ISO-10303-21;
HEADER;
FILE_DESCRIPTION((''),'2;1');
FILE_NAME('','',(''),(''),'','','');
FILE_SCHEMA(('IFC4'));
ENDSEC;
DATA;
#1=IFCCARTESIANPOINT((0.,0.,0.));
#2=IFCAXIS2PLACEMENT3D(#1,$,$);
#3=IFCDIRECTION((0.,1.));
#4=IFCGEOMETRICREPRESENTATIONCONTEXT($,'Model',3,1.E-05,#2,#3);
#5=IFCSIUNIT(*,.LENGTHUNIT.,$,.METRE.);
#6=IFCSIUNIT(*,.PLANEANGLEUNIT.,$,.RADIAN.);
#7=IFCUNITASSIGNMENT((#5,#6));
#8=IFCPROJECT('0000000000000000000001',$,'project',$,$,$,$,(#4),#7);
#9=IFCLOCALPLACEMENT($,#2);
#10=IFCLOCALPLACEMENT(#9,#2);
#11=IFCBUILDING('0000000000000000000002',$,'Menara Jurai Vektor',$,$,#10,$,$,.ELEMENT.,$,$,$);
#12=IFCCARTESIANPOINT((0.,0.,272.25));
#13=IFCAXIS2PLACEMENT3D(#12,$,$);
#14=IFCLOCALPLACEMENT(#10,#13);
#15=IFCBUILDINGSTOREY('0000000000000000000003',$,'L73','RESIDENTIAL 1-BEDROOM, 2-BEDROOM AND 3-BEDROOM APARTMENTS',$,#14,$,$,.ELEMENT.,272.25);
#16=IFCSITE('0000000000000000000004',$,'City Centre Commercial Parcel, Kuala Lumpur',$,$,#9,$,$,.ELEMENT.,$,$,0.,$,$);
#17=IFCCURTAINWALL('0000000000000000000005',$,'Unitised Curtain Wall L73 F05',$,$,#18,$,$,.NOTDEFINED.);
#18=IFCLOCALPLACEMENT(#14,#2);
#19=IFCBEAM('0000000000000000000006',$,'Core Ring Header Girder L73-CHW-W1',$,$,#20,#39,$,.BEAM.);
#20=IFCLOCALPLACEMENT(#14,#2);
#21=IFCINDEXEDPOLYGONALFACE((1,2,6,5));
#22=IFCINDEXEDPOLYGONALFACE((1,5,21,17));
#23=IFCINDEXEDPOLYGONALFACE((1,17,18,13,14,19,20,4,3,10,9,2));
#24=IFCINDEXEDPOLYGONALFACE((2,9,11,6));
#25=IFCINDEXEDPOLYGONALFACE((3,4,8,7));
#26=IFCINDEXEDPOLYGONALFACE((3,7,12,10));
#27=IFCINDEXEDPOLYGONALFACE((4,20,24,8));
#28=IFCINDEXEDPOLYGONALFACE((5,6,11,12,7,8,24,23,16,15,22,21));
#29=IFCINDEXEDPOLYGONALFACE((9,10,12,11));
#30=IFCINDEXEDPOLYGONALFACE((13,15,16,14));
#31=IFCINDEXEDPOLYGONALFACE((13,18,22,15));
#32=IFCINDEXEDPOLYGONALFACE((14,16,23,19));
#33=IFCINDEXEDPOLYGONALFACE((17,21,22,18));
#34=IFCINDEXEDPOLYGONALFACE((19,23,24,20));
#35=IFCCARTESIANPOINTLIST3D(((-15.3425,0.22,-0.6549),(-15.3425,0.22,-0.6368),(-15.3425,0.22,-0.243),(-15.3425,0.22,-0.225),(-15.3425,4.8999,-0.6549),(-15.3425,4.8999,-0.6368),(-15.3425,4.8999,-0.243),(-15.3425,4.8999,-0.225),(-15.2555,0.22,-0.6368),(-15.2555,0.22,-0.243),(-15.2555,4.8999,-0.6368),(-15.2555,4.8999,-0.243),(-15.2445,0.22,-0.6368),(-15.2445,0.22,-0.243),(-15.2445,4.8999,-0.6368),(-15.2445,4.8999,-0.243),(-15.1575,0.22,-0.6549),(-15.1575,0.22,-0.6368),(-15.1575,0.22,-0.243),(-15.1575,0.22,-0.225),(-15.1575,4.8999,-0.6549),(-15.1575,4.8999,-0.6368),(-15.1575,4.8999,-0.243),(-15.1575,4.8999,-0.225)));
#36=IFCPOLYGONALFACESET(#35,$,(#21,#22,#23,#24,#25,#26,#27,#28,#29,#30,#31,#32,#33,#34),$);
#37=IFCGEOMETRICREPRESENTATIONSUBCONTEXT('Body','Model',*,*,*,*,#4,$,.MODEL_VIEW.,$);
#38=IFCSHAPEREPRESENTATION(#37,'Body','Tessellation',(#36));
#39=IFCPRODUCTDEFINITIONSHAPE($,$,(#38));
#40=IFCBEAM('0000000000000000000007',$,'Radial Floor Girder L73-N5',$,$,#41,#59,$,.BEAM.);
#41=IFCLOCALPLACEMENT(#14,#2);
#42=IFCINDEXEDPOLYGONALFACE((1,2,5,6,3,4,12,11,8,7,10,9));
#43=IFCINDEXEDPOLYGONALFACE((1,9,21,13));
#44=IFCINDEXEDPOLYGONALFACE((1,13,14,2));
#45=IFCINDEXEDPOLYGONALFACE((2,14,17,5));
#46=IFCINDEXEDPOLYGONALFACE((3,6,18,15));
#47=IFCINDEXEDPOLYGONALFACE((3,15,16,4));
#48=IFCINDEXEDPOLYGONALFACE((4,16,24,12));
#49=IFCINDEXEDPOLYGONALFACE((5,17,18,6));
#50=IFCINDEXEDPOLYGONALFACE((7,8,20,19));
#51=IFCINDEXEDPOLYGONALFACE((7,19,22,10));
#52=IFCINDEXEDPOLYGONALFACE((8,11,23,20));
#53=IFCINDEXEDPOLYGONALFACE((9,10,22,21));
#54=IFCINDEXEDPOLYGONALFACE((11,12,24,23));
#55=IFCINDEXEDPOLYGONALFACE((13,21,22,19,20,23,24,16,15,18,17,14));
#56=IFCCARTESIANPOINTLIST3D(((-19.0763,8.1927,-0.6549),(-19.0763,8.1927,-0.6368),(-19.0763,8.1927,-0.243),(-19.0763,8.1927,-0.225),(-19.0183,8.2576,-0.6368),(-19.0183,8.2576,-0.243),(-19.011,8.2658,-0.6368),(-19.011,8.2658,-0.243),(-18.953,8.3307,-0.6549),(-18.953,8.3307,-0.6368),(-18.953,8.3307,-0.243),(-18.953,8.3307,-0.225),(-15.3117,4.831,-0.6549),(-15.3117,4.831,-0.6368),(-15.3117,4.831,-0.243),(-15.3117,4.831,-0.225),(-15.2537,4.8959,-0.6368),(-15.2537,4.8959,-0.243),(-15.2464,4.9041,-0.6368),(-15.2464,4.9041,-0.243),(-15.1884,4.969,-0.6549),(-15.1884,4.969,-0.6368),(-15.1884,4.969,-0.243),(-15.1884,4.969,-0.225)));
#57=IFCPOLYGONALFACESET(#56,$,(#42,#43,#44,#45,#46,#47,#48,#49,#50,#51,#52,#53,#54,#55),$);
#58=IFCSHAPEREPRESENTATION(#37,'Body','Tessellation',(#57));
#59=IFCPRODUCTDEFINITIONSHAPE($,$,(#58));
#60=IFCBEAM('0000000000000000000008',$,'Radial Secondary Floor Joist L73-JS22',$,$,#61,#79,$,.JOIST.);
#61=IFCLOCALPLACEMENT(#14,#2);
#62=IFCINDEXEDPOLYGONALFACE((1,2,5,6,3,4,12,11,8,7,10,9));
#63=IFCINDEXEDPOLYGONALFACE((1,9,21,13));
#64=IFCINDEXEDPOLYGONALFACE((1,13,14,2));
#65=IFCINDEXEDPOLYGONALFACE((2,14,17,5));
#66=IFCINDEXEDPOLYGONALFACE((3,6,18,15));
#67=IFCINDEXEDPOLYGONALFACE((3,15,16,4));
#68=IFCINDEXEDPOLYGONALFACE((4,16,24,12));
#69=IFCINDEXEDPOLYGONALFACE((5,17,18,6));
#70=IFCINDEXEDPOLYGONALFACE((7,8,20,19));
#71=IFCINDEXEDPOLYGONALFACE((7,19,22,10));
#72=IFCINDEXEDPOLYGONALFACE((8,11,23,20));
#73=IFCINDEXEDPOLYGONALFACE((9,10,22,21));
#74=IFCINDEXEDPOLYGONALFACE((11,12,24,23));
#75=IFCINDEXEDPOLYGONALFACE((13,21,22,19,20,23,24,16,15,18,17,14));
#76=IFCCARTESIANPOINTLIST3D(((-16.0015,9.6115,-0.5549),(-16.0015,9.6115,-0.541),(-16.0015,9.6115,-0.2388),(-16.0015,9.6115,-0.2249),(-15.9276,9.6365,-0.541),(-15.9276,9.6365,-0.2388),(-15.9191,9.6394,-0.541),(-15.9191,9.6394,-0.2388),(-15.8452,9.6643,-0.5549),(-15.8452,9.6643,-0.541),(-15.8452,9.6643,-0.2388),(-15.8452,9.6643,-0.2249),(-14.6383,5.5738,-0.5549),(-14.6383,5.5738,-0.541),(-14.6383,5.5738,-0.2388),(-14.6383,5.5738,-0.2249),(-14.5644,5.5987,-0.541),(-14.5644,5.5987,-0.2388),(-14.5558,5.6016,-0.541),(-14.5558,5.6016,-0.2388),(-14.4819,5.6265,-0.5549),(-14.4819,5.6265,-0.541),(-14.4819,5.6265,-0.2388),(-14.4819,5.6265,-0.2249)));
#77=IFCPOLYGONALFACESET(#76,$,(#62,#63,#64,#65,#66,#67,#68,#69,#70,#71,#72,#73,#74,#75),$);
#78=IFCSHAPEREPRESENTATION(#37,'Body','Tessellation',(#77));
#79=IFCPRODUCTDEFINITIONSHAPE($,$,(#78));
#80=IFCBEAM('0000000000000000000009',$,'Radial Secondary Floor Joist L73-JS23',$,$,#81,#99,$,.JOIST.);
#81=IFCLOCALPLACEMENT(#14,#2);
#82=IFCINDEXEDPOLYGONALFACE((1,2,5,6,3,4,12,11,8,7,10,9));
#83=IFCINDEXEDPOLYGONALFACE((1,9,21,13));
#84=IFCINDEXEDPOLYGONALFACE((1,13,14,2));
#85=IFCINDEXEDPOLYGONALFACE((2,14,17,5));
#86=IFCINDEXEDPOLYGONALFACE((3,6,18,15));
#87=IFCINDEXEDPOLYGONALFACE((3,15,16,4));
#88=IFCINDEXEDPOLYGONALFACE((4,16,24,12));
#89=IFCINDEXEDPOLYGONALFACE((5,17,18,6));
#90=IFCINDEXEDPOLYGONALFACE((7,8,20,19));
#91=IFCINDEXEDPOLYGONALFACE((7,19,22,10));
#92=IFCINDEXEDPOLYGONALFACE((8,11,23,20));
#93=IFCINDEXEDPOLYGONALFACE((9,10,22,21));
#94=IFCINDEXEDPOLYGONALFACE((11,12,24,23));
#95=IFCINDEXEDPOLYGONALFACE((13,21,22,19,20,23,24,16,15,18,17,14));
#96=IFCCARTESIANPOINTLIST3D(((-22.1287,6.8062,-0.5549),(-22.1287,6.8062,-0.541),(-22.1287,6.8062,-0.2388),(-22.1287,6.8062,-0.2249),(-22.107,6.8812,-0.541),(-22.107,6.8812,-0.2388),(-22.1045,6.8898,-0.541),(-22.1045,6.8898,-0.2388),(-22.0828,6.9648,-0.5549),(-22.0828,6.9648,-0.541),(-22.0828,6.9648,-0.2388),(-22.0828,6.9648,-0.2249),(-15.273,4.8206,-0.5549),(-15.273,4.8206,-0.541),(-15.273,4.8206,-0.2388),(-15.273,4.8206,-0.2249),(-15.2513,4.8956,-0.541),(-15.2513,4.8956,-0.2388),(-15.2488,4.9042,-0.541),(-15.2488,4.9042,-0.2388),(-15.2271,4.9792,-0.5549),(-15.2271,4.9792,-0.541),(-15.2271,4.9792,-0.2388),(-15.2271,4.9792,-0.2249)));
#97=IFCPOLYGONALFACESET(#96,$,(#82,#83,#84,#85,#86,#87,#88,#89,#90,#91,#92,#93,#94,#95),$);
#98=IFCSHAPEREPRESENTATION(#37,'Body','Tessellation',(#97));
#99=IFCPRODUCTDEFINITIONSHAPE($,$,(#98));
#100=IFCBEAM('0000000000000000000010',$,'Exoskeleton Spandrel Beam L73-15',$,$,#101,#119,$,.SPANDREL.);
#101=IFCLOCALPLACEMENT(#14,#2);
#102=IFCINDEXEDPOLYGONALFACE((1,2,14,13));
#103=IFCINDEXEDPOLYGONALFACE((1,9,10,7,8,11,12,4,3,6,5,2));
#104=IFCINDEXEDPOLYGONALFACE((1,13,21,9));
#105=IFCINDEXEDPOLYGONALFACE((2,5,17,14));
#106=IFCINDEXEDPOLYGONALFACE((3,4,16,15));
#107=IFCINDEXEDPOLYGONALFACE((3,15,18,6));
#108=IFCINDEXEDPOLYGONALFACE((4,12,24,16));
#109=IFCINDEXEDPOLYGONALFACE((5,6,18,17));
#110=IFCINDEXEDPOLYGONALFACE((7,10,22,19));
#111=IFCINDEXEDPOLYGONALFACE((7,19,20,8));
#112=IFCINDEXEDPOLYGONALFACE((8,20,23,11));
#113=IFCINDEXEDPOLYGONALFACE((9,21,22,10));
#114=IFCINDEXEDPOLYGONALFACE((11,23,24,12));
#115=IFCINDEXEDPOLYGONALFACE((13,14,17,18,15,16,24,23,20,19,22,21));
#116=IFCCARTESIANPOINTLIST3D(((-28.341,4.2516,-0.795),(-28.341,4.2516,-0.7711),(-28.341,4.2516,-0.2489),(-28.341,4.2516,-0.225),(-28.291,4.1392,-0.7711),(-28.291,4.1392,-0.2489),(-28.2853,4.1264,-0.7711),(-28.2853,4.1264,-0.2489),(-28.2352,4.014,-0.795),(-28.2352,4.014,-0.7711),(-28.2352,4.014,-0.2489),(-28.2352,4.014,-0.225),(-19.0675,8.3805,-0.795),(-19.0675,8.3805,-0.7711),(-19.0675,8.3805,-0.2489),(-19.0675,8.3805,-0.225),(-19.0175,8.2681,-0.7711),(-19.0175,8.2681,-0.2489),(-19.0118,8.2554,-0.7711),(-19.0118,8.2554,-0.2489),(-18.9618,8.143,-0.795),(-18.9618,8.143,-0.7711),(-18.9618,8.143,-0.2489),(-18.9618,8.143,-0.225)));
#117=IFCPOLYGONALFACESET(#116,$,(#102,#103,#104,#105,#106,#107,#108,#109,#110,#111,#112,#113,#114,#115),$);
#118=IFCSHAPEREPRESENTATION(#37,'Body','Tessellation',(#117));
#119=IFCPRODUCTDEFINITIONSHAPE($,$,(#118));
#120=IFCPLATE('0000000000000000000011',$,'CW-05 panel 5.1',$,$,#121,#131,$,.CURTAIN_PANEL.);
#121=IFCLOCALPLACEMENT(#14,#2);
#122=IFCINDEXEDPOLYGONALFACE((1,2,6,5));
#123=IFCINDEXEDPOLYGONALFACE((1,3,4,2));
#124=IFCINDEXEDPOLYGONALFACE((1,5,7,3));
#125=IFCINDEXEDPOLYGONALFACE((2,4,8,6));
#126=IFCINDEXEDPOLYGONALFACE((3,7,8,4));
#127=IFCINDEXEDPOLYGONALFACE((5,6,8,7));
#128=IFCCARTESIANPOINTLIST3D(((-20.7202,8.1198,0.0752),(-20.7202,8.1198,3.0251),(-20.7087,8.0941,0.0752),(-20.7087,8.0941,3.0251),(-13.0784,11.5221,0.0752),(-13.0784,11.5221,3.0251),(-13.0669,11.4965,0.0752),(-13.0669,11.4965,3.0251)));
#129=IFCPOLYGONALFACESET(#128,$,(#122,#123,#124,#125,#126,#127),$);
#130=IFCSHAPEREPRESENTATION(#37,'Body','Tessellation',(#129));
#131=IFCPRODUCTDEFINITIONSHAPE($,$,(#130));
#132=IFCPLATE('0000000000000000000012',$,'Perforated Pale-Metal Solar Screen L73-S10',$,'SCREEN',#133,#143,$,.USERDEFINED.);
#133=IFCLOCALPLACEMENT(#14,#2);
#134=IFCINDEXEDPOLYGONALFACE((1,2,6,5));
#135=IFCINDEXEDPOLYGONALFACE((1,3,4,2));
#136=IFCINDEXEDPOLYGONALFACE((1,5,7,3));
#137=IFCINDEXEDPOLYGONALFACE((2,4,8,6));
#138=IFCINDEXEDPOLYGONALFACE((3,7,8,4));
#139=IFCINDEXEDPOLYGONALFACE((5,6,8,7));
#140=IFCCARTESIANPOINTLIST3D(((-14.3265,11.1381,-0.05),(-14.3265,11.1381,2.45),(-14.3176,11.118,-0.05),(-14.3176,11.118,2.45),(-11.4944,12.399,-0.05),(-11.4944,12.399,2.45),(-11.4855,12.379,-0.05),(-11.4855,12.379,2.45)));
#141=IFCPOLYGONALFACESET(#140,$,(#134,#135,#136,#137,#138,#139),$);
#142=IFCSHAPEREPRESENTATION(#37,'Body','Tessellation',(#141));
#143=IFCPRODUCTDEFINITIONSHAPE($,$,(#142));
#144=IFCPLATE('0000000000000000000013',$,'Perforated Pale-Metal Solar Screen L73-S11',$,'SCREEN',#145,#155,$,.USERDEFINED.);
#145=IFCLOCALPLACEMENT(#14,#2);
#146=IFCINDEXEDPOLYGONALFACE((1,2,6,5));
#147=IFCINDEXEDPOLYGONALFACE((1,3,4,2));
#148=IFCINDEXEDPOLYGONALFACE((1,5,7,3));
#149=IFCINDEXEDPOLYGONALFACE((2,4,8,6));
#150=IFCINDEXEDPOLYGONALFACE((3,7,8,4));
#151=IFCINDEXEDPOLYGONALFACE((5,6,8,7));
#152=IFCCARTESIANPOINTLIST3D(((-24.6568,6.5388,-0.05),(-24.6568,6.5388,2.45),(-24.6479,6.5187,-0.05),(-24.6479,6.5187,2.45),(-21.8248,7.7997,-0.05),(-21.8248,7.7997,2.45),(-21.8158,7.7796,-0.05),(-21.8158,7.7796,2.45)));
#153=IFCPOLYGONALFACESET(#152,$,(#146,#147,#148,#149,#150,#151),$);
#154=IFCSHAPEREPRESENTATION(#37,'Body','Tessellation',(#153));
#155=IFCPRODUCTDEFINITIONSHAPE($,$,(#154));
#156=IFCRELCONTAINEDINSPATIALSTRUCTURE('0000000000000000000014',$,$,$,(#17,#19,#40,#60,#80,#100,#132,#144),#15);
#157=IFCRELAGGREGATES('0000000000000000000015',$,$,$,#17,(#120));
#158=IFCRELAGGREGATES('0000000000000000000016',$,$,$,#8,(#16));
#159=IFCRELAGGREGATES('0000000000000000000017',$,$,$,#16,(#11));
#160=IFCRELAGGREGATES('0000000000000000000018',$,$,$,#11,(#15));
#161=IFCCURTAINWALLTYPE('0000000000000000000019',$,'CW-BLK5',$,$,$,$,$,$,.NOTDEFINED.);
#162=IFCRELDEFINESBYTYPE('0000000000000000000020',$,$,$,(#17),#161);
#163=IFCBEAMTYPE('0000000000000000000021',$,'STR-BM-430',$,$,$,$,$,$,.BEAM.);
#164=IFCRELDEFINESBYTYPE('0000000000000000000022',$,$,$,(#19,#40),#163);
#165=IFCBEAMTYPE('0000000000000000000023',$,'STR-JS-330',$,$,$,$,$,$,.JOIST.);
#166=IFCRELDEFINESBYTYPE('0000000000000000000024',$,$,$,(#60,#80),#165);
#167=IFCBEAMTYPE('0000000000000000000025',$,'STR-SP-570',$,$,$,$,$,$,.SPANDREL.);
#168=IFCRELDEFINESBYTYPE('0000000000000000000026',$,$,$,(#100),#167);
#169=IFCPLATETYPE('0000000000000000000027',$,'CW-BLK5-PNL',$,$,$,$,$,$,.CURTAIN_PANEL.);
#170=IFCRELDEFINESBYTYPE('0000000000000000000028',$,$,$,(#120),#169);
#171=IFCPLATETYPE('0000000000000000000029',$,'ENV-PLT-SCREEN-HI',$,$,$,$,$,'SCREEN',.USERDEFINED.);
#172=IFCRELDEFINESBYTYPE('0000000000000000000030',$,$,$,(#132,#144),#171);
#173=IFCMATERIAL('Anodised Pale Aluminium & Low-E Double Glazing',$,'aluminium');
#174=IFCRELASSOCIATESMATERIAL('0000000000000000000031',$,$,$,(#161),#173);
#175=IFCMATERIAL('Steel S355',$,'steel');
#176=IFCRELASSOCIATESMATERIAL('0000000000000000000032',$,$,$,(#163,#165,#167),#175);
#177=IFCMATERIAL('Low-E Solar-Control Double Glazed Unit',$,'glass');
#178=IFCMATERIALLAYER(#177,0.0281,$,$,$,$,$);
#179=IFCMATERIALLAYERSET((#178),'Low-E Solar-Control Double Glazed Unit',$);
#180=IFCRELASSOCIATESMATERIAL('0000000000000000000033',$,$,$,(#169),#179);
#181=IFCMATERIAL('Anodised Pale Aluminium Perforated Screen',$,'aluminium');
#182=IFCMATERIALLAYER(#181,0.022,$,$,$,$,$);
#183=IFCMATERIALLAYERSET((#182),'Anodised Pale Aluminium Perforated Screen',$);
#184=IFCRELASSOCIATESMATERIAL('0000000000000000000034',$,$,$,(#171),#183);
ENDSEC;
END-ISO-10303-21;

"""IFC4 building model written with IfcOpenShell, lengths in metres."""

from ifc_helpers import new_model, si_unit, direction, frame, origin, origin_2d, place, context, subcontext, project, spatial, rectangle, i_section, extrude, material, layer, layer_set, material_profile, profile_set, type_object, element, aggregate, save


model = new_model("IFC4")

# Units and contexts
model_context = context("Model", 3, precision=1e-05, world=origin(), true_north=direction((0.0, 1.0)))
body_context = subcontext(model_context, "Body", "Model", "MODEL_VIEW")
ifc_project = project(units=[si_unit("LENGTHUNIT", "METRE"), si_unit("PLANEANGLEUNIT", "RADIAN")], contexts=[model_context])

# Site, building, storey
site_placement = place(None, origin())
site = spatial("IfcSite", under=ifc_project, at=site_placement, Name="City Centre Commercial Parcel, Kuala Lumpur", CompositionType="ELEMENT", RefElevation=0.0)
building_placement = place(site_placement, origin())
building = spatial("IfcBuilding", under=site, at=building_placement, Name="Menara Jurai Vektor", CompositionType="ELEMENT")
storey_placement = place(building_placement, frame((0.0, 0.0, 272.25)))
storey = spatial("IfcBuildingStorey", under=building, at=storey_placement, Name="L73", Description="RESIDENTIAL 1-BEDROOM, 2-BEDROOM AND 3-BEDROOM APARTMENTS", CompositionType="ELEMENT", Elevation=272.25)

# Curtain wall
ifc_material_1 = material(Name="Anodised Pale Aluminium & Low-E Double Glazing", Category="aluminium")
curtain_wall_type = type_object("IfcCurtainWallType", Name="CW-BLK5", PredefinedType="NOTDEFINED", material=ifc_material_1)
curtain_wall_placement = place(storey_placement, origin())
curtain_wall = element("IfcCurtainWall", 1, at=curtain_wall_placement, inside=storey, type_object=curtain_wall_type, Name="Unitised Curtain Wall L73 F05", PredefinedType="NOTDEFINED")

# Beams
ifc_material_2 = material(Name="Steel S355", Category="steel")
ifc_material_profile_1 = material_profile(ifc_material_2, i_section(OverallWidth=0.1851, OverallDepth=0.4299, WebThickness=0.011, FlangeThickness=0.0181, at=origin_2d()), Name="PG 430x185x76")
ifc_profile_set_1 = profile_set([ifc_material_profile_1], Name="Steel S355")
beam_type_1 = type_object("IfcBeamType", Name="STR-BM-430", PredefinedType="BEAM", material=ifc_profile_set_1)
beam_1_placement = place(storey_placement, frame((-15.25, 0.22, -0.4399), z_axis=(0.0, 1.0, 0.0), x_axis=(-1.0, 0.0, 0.0)))
element("IfcBeam", 2, at=beam_1_placement, inside=storey, type_object=beam_type_1, Name="Core Ring Header Girder L73-CHW-W1", PredefinedType="BEAM", context=body_context, shape_type="SweptSolid", body=[
    extrude(i_section(OverallWidth=0.1851, OverallDepth=0.4299, WebThickness=0.011, FlangeThickness=0.0181, at=origin_2d()), origin(), (0.0, 0.0, 1.0), 4.6799),
])
beam_2_placement = place(storey_placement, frame((-19.0146, 8.2617, -0.4399), z_axis=(0.745886, -0.666073, 0.0), x_axis=(0.666073, 0.745886, 0.0)))
element("IfcBeam", 3, at=beam_2_placement, inside=storey, type_object=beam_type_1, Name="Radial Floor Girder L73-N5", PredefinedType="BEAM", context=body_context, shape_type="SweptSolid", body=[
    extrude(i_section(OverallWidth=0.1851, OverallDepth=0.4299, WebThickness=0.011, FlangeThickness=0.0181, at=origin_2d()), origin(), (0.0, 0.0, 1.0), 5.0471),
])
ifc_material_profile_2 = material_profile(ifc_material_2, i_section(OverallWidth=0.165, OverallDepth=0.3301, WebThickness=0.009, FlangeThickness=0.0139, at=origin_2d()), Name="PG 330x165x46")
ifc_profile_set_2 = profile_set([ifc_material_profile_2], Name="Steel S355")
beam_type_2 = type_object("IfcBeamType", Name="STR-JS-330", PredefinedType="JOIST", material=ifc_profile_set_2)
beam_3_placement = place(storey_placement, frame((-15.9233, 9.6379, -0.3899), z_axis=(0.319886, -0.947456, 0.0), x_axis=(0.947456, 0.319886, 0.0)))
element("IfcBeam", 4, at=beam_3_placement, inside=storey, type_object=beam_type_2, Name="Radial Secondary Floor Joist L73-JS22", PredefinedType="JOIST", context=body_context, shape_type="SweptSolid", body=[
    extrude(i_section(OverallWidth=0.165, OverallDepth=0.3301, WebThickness=0.009, FlangeThickness=0.0139, at=origin_2d()), origin(), (0.0, 0.0, 1.0), 4.2617),
])
beam_4_placement = place(storey_placement, frame((-22.1057, 6.8855, -0.3899), z_axis=(0.960525, -0.278193, 0.0), x_axis=(0.278193, 0.960525, 0.0)))
element("IfcBeam", 5, at=beam_4_placement, inside=storey, type_object=beam_type_2, Name="Radial Secondary Floor Joist L73-JS23", PredefinedType="JOIST", context=body_context, shape_type="SweptSolid", body=[
    extrude(i_section(OverallWidth=0.165, OverallDepth=0.3301, WebThickness=0.009, FlangeThickness=0.0139, at=origin_2d()), origin(), (0.0, 0.0, 1.0), 7.1375),
])
ifc_material_profile_3 = material_profile(ifc_material_2, i_section(OverallWidth=0.26, OverallDepth=0.5701, WebThickness=0.0139, FlangeThickness=0.0239, at=origin_2d()), Name="PG 570x260x145")
ifc_profile_set_3 = profile_set([ifc_material_profile_3], Name="Steel S355")
beam_type_3 = type_object("IfcBeamType", Name="STR-SP-570", PredefinedType="SPANDREL", material=ifc_profile_set_3)
beam_5_placement = place(storey_placement, frame((-19.0146, 8.2617, -0.51), z_axis=(-0.913542, -0.406745, 0.0), x_axis=(0.406745, -0.913542, 0.0)))
element("IfcBeam", 6, at=beam_5_placement, inside=storey, type_object=beam_type_3, Name="Exoskeleton Spandrel Beam L73-15", PredefinedType="SPANDREL", context=body_context, shape_type="SweptSolid", body=[
    extrude(i_section(OverallWidth=0.26, OverallDepth=0.5701, WebThickness=0.0139, FlangeThickness=0.0239, at=origin_2d()), origin(), (0.0, 0.0, 1.0), 10.1511),
])

# Plate
ifc_material_3 = material(Name="Low-E Solar-Control Double Glazed Unit", Category="glass")
ifc_layer_1 = layer(ifc_material_3, 0.0281)
ifc_layer_set_1 = layer_set([ifc_layer_1], Name="Low-E Solar-Control Double Glazed Unit")
plate_type_1 = type_object("IfcPlateType", Name="CW-BLK5-PNL", PredefinedType="CURTAIN_PANEL", material=ifc_layer_set_1)
plate_placement = place(storey_placement, frame((-16.8936, 9.8081, 0.0752), z_axis=(0.0, 0.0, 1.0), x_axis=(-0.913546, -0.406735, 0.0)))
plate = element("IfcPlate", 7, at=plate_placement, type_object=plate_type_1, Name="CW-05 panel 5.1", PredefinedType="CURTAIN_PANEL", context=body_context, shape_type="SweptSolid", body=[
    extrude(rectangle(XDim=8.365, YDim=0.0281, at=origin_2d()), origin(), (0.0, 0.0, 1.0), 2.95),
])
aggregate(curtain_wall, [plate])

# Plates
ifc_material_4 = material(Name="Anodised Pale Aluminium Perforated Screen", Category="aluminium")
ifc_layer_2 = layer(ifc_material_4, 0.022)
ifc_layer_set_2 = layer_set([ifc_layer_2], Name="Anodised Pale Aluminium Perforated Screen")
plate_type_2 = type_object("IfcPlateType", Name="ENV-PLT-SCREEN-HI", ElementType="SCREEN", PredefinedType="USERDEFINED", material=ifc_layer_set_2)
for number, where, z_axis, x_axis, name in (
    (8, (-12.906, 11.7585, -0.05), (0.0, 0.0, 1.0), (-0.913545, -0.406737, 0.0), "Perforated Pale-Metal Solar Screen L73-S10"),
    (9, (-23.2363, 7.1592, -0.05), (0.0, 0.0, 1.0), (-0.913545, -0.406737, 0.0), "Perforated Pale-Metal Solar Screen L73-S11"),
):
    element("IfcPlate", number, at=place(storey_placement, frame(where, z_axis=z_axis, x_axis=x_axis)), inside=storey, type_object=plate_type_2, Name=name, ObjectType="SCREEN", PredefinedType="USERDEFINED", context=body_context, shape_type="SweptSolid", body=[
        extrude(rectangle(XDim=3.1001, YDim=0.022, at=origin_2d()), origin(), (0.0, 0.0, 1.0), 2.5),
    ])

save(model, "model.ifc")
